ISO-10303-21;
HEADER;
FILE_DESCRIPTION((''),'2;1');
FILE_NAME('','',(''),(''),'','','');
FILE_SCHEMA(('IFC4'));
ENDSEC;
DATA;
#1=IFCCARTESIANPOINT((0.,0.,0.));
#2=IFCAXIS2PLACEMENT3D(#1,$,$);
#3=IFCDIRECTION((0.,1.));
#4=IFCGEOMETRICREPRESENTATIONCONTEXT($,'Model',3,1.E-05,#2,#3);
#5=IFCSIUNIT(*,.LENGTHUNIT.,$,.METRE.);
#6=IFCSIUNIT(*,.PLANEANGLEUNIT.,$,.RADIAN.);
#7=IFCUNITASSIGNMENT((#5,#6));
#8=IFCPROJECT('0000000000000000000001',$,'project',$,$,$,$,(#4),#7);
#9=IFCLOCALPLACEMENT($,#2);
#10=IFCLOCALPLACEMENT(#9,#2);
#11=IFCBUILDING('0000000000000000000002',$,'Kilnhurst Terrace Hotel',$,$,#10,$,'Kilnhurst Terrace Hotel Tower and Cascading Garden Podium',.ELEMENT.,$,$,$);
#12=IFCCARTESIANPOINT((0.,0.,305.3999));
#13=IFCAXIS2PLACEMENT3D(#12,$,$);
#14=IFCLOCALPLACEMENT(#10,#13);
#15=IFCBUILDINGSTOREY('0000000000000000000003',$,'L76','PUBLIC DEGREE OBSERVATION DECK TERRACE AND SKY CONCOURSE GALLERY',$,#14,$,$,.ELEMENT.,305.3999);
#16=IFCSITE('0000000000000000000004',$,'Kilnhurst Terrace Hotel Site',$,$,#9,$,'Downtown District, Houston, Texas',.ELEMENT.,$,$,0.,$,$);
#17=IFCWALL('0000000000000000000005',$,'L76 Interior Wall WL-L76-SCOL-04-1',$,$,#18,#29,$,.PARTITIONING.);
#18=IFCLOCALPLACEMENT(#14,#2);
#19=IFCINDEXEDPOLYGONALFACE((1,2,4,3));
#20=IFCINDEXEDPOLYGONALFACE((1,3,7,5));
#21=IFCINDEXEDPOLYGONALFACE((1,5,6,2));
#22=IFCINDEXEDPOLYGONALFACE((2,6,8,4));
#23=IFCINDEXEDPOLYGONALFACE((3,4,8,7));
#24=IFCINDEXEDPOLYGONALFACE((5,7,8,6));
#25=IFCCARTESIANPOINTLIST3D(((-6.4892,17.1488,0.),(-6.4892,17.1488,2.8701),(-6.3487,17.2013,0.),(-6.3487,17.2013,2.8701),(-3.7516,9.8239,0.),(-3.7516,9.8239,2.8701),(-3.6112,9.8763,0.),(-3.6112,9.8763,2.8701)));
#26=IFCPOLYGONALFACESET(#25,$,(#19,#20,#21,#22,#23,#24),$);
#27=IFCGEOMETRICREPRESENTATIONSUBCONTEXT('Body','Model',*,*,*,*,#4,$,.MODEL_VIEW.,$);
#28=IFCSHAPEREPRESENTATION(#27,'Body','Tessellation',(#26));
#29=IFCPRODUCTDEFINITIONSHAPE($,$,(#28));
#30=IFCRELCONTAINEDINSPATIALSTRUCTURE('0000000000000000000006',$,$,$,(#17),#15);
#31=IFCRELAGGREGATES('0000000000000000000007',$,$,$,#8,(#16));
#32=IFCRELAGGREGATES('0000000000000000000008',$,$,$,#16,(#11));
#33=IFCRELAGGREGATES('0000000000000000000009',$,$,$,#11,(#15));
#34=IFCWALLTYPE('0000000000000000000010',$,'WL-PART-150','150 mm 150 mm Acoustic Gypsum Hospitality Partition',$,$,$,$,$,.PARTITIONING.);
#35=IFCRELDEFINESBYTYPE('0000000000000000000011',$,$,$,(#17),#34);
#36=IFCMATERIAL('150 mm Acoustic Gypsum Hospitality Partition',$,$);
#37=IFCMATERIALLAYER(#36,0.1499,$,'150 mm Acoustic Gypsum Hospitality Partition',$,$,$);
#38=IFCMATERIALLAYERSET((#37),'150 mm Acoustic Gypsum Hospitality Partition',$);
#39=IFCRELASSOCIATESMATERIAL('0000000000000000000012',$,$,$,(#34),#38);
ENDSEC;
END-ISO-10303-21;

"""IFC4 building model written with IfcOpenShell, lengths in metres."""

from ifc_helpers import new_model, si_unit, direction, frame, frame_2d, origin, place, context, subcontext, project, spatial, rectangle, extrude, material, layer, layer_set, type_object, element, save


model = new_model("IFC4")

# Units and contexts
model_context = context("Model", 3, precision=1e-05, world=origin(), true_north=direction((0.0, 1.0)))
body_context = subcontext(model_context, "Body", "Model", "MODEL_VIEW")
ifc_project = project(units=[si_unit("LENGTHUNIT", "METRE"), si_unit("PLANEANGLEUNIT", "RADIAN")], contexts=[model_context])

# Site, building, storey
site_placement = place(None, origin())
site = spatial("IfcSite", under=ifc_project, at=site_placement, Name="Kilnhurst Terrace Hotel Site", LongName="Downtown District, Houston, Texas", CompositionType="ELEMENT", RefElevation=0.0)
building_placement = place(site_placement, origin())
building = spatial("IfcBuilding", under=site, at=building_placement, Name="Kilnhurst Terrace Hotel", LongName="Kilnhurst Terrace Hotel Tower and Cascading Garden Podium", CompositionType="ELEMENT")
storey_placement = place(building_placement, frame((0.0, 0.0, 305.3999)))
storey = spatial("IfcBuildingStorey", under=building, at=storey_placement, Name="L76", Description="PUBLIC DEGREE OBSERVATION DECK TERRACE AND SKY CONCOURSE GALLERY", CompositionType="ELEMENT", Elevation=305.3999)

# Wall
ifc_material_1 = material(Name="150 mm Acoustic Gypsum Hospitality Partition")
ifc_layer_1 = layer(ifc_material_1, 0.1499, Name="150 mm Acoustic Gypsum Hospitality Partition")
ifc_layer_set_1 = layer_set([ifc_layer_1], Name="150 mm Acoustic Gypsum Hospitality Partition")
wall_type_1 = type_object("IfcWallType", Name="WL-PART-150", Description="150 mm 150 mm Acoustic Gypsum Hospitality Partition", PredefinedType="PARTITIONING", material=ifc_layer_set_1)
wall_1_placement = place(storey_placement, frame((-3.6814, 9.8501, 0.0), z_axis=(0.0, 0.0, 1.0), x_axis=(-0.35008, 0.93672, 0.0)))
element("IfcWall", 1, at=wall_1_placement, inside=storey, type_object=wall_type_1, Name="L76 Interior Wall WL-L76-SCOL-04-1", PredefinedType="PARTITIONING", context=body_context, shape_type="SweptSolid", body=[
    extrude(rectangle(XDim=7.8198, YDim=0.1499, at=frame_2d((3.9099, 0.0))), origin(), (0.0, 0.0, 1.0), 2.8701),
])

save(model, "model.ifc")
